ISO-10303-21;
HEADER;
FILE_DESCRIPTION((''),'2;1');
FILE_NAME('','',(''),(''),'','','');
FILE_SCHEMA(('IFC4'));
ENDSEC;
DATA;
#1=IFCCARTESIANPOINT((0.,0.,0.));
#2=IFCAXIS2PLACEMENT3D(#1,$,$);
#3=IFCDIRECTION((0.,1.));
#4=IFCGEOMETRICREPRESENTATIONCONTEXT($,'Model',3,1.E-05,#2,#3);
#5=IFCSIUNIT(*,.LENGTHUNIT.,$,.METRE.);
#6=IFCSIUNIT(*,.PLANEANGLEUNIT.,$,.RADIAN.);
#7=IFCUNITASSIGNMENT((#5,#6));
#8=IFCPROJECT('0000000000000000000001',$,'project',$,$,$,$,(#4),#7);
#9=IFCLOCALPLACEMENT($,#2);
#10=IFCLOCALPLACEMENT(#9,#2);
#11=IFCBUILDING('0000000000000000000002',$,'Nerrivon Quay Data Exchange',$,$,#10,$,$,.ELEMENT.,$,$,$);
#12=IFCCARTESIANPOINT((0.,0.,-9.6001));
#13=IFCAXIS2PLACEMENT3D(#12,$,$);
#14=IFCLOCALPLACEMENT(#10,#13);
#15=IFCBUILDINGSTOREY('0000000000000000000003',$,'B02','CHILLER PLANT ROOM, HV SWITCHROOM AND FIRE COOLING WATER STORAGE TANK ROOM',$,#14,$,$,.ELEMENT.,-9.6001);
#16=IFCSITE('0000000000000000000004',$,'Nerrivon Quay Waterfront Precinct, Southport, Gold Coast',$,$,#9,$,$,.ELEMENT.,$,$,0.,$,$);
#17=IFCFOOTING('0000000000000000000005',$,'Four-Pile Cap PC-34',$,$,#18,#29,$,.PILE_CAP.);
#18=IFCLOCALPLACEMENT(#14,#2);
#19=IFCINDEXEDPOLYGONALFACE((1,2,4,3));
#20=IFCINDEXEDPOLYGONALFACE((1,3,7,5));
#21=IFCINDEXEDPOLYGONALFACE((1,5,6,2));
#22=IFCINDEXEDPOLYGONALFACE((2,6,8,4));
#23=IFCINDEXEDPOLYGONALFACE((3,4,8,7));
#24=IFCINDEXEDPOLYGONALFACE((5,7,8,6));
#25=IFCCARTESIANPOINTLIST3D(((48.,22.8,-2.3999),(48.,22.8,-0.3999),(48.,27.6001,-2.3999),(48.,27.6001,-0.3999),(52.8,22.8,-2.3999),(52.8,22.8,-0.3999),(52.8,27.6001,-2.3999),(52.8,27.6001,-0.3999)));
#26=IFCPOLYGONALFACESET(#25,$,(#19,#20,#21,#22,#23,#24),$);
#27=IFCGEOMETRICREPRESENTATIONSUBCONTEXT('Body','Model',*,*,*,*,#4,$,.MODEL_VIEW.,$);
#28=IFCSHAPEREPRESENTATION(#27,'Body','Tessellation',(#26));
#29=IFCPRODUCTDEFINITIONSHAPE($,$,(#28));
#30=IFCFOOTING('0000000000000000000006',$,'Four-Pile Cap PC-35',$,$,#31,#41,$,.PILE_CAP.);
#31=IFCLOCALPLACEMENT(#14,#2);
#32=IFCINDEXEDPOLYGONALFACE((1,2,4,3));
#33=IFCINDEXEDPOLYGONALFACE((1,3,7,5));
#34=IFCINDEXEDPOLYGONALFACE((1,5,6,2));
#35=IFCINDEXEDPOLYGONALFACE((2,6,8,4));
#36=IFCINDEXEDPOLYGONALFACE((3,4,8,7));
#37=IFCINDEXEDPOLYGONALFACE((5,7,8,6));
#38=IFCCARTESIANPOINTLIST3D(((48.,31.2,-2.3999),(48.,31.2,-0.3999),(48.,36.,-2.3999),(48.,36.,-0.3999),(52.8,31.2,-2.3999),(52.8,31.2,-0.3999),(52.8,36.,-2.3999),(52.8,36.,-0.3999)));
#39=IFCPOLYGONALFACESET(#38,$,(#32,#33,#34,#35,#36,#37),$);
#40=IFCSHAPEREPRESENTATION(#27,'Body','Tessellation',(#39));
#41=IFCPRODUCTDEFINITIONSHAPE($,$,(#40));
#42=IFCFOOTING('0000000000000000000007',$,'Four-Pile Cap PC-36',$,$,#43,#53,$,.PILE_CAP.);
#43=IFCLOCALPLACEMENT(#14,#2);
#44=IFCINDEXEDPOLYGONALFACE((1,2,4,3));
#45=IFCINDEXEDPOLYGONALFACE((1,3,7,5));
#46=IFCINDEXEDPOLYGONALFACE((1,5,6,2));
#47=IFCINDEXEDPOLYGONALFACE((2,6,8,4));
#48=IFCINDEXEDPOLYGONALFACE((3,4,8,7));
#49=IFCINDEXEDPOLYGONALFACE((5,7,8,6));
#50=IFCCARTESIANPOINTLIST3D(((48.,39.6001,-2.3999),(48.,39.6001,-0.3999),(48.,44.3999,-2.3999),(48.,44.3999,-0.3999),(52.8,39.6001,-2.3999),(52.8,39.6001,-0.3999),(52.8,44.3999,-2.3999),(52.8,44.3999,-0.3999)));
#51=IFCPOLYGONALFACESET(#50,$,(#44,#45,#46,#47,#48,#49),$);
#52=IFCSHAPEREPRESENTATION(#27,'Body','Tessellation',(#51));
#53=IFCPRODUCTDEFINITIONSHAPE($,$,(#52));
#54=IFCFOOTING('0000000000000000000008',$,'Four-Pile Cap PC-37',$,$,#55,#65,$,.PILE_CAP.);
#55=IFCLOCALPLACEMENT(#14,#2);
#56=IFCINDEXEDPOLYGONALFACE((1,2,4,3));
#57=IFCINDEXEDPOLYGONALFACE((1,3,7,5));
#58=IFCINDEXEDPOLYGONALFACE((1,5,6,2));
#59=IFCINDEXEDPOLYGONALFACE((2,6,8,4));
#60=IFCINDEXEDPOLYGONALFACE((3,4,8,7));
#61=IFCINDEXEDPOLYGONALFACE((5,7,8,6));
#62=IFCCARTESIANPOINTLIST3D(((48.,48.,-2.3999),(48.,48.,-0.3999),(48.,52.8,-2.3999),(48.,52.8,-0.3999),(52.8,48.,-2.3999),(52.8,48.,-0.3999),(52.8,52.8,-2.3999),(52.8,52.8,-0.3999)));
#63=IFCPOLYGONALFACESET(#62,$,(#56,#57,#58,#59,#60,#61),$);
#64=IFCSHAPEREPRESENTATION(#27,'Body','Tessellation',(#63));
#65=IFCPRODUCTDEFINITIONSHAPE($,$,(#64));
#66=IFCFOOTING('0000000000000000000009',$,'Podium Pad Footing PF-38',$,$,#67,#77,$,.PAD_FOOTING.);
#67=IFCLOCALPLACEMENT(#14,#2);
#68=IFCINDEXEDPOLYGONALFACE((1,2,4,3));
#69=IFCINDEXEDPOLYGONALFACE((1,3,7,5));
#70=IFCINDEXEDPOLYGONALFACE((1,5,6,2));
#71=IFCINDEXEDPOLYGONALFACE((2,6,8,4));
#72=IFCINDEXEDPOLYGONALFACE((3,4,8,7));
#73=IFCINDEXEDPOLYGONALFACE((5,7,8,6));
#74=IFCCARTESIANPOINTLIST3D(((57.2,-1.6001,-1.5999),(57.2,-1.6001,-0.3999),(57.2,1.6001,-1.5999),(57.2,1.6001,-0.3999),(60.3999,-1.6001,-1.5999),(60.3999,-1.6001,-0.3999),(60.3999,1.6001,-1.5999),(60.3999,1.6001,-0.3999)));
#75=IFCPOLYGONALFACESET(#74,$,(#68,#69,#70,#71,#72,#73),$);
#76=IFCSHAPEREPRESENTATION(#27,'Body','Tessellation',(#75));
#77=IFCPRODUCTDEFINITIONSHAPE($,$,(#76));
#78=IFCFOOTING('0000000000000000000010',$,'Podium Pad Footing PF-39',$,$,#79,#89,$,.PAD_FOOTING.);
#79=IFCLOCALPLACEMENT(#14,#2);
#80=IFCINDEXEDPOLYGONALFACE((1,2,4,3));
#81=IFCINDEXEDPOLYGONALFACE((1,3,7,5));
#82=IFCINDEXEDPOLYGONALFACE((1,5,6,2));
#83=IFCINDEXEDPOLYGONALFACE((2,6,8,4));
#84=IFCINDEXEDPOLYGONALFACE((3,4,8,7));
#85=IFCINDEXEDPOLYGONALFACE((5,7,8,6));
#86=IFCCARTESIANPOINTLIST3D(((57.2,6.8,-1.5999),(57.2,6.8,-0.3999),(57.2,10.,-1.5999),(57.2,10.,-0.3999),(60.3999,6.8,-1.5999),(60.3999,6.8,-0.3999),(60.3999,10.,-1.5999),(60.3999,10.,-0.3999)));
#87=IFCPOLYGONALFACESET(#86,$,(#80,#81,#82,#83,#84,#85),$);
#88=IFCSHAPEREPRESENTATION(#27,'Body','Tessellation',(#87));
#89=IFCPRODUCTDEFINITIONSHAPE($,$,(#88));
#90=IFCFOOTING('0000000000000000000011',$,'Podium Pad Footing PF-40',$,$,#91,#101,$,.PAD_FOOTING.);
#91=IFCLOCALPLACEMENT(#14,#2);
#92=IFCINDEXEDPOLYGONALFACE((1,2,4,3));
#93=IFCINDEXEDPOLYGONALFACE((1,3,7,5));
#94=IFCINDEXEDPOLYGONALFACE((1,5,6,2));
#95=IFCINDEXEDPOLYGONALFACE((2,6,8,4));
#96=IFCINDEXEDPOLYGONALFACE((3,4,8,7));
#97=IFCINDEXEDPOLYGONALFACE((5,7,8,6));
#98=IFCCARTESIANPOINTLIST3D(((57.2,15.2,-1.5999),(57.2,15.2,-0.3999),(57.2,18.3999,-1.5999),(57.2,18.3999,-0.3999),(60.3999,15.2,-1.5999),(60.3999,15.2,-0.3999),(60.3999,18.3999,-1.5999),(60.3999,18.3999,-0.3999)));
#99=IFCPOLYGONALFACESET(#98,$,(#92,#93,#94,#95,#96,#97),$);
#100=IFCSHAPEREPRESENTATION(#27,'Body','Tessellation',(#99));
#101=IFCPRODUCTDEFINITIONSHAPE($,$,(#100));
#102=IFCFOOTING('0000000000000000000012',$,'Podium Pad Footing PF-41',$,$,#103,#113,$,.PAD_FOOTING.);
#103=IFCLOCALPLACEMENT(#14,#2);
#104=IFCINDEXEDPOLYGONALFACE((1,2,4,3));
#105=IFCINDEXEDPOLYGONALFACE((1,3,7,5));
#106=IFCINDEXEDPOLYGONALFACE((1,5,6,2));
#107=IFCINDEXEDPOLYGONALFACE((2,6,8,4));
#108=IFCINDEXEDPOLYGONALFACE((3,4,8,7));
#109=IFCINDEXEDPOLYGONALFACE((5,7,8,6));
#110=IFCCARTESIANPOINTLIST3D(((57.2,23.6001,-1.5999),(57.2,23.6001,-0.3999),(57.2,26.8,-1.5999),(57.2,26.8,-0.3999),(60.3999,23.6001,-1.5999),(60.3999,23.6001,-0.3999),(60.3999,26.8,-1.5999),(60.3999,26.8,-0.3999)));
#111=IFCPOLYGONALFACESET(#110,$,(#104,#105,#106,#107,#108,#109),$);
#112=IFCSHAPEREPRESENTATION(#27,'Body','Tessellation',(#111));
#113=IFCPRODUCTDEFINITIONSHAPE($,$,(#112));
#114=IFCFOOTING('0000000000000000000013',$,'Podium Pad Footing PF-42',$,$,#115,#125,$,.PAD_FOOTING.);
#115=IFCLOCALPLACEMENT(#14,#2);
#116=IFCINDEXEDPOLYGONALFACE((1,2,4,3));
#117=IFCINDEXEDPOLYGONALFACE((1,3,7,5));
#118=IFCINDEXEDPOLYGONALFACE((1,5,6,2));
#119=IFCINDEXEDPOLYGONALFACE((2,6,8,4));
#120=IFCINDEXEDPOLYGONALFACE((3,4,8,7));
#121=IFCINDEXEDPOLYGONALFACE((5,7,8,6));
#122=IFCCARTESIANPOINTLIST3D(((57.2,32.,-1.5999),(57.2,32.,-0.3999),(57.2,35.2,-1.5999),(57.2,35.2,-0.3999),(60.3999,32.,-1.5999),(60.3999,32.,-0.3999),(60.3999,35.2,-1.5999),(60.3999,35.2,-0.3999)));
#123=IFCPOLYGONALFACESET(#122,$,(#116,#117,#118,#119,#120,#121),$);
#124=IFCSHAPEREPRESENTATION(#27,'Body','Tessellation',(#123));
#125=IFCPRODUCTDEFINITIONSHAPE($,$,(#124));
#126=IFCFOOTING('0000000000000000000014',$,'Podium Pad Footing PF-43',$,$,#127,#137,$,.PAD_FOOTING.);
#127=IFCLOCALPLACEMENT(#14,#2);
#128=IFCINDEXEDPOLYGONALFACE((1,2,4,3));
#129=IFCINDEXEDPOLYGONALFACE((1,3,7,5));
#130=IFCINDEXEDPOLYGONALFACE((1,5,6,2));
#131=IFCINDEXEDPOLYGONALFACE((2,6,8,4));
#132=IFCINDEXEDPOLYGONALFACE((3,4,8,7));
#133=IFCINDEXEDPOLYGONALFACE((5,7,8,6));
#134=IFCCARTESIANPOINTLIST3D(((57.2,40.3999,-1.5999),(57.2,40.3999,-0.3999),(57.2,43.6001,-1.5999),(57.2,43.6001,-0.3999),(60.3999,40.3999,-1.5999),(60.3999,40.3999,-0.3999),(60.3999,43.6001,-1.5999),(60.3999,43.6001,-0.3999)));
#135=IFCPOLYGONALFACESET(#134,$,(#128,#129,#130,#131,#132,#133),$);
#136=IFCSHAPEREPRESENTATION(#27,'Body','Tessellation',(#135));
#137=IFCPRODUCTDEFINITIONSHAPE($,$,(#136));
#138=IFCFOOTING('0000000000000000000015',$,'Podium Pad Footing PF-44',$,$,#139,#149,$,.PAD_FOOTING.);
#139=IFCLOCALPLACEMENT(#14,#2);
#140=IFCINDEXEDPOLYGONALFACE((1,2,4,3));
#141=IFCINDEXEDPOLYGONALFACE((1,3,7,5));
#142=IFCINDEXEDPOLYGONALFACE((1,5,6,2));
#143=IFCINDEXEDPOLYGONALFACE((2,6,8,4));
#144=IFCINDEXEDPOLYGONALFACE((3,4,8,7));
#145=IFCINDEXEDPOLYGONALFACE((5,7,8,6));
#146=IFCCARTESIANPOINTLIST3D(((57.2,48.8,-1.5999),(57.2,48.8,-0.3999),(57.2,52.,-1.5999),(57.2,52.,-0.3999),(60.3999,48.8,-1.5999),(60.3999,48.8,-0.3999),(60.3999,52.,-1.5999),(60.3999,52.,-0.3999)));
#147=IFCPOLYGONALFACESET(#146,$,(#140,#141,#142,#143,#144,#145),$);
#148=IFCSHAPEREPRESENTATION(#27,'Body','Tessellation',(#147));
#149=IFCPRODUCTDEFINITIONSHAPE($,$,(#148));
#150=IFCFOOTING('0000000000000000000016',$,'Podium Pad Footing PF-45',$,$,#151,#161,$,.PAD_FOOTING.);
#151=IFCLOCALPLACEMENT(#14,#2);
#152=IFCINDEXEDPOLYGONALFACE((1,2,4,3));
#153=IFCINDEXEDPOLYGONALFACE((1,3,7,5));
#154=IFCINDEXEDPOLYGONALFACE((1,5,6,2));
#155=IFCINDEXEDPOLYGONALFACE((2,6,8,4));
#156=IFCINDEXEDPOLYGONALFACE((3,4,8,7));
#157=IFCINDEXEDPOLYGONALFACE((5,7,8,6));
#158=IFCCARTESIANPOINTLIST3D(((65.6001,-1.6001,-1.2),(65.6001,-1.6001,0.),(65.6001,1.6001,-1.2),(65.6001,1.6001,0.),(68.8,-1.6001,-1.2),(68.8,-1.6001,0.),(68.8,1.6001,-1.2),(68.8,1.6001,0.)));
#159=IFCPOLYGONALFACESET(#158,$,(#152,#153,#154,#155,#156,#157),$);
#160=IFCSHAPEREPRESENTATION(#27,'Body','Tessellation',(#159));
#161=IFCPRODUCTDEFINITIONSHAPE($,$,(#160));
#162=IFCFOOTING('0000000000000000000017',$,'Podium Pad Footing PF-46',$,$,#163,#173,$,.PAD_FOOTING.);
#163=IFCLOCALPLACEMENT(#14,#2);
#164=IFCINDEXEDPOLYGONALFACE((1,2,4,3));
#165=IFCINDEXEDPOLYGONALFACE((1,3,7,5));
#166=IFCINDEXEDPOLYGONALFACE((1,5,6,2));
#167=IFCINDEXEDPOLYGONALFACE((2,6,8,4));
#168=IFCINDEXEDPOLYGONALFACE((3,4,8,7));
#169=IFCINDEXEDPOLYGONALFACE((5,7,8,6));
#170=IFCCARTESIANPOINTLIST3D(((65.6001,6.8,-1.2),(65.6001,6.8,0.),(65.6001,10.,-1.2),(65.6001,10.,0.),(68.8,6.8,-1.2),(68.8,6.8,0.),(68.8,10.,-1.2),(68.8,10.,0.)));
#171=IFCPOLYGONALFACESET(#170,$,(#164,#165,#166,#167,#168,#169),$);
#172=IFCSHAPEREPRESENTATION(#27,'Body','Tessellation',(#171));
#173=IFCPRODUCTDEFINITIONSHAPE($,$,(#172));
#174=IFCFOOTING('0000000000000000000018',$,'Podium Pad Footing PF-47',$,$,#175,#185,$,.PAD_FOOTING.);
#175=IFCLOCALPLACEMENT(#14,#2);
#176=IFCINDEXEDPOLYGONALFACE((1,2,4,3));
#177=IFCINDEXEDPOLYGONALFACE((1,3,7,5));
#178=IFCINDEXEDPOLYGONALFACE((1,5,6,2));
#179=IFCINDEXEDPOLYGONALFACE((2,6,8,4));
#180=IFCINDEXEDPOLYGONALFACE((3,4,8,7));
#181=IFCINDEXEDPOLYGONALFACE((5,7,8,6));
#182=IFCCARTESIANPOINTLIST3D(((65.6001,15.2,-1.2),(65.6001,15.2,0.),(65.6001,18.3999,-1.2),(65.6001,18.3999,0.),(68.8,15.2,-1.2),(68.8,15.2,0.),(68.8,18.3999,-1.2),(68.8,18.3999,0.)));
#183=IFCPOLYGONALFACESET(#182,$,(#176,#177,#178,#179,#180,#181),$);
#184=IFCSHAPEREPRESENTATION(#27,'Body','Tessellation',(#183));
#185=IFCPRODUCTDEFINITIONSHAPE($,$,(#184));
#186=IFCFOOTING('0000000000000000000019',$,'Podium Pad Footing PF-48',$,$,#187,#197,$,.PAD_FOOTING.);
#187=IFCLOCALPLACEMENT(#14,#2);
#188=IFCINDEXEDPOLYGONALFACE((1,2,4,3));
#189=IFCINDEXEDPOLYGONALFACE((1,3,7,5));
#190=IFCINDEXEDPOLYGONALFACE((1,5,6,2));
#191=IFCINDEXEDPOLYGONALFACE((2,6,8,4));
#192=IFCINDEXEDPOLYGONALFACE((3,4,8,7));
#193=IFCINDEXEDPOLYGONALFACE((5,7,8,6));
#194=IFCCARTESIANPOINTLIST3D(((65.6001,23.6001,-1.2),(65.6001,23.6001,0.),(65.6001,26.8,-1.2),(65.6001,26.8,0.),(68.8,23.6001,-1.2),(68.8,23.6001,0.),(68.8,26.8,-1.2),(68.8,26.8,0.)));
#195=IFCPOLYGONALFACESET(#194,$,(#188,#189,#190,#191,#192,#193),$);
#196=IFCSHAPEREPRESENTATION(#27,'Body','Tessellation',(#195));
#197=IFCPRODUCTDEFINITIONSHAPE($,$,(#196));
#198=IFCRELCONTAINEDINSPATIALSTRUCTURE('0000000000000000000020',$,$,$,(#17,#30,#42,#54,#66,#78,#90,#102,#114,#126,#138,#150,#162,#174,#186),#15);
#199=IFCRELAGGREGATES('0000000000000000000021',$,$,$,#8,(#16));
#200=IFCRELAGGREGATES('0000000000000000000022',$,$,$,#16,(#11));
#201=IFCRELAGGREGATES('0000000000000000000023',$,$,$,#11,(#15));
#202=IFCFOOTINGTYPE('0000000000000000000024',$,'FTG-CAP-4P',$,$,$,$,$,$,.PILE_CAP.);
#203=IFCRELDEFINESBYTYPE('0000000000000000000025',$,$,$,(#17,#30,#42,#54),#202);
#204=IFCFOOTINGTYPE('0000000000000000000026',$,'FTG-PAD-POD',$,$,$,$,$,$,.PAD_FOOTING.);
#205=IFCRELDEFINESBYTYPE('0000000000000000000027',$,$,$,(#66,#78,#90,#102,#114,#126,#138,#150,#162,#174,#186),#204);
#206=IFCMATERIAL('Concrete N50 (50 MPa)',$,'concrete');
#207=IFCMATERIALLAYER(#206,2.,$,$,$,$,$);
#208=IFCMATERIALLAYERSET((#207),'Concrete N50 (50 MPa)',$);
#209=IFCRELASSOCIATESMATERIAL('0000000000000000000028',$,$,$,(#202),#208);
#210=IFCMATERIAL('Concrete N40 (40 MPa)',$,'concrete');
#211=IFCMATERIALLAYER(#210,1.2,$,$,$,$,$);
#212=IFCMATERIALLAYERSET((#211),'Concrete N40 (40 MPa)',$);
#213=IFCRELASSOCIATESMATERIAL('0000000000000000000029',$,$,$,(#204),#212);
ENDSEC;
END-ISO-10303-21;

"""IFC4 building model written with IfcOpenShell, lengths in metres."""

from ifc_helpers import new_model, si_unit, direction, frame, origin, place, context, subcontext, project, spatial, polyline, outline, extrude, material, layer, layer_set, type_object, element, save


model = new_model("IFC4")

# Units and contexts
model_context = context("Model", 3, precision=1e-05, world=origin(), true_north=direction((0.0, 1.0)))
body_context = subcontext(model_context, "Body", "Model", "MODEL_VIEW")
ifc_project = project(units=[si_unit("LENGTHUNIT", "METRE"), si_unit("PLANEANGLEUNIT", "RADIAN")], contexts=[model_context])

# Site, building, storey
site_placement = place(None, origin())
site = spatial("IfcSite", under=ifc_project, at=site_placement, Name="Nerrivon Quay Waterfront Precinct, Southport, Gold Coast", CompositionType="ELEMENT", RefElevation=0.0)
building_placement = place(site_placement, origin())
building = spatial("IfcBuilding", under=site, at=building_placement, Name="Nerrivon Quay Data Exchange", CompositionType="ELEMENT")
storey_placement = place(building_placement, frame((0.0, 0.0, -9.6001)))
storey = spatial("IfcBuildingStorey", under=building, at=storey_placement, Name="B02", Description="CHILLER PLANT ROOM, HV SWITCHROOM AND FIRE COOLING WATER STORAGE TANK ROOM", CompositionType="ELEMENT", Elevation=-9.6001)

# Footings
ifc_material_1 = material(Name="Concrete N50 (50 MPa)", Category="concrete")
ifc_layer_1 = layer(ifc_material_1, 2.0)
ifc_layer_set_1 = layer_set([ifc_layer_1], Name="Concrete N50 (50 MPa)")
footing_type_1 = type_object("IfcFootingType", Name="FTG-CAP-4P", PredefinedType="PILE_CAP", material=ifc_layer_set_1)
footing_1_placement = place(storey_placement, frame((0.0, 0.0, -2.3999)))
element("IfcFooting", 1, at=footing_1_placement, inside=storey, type_object=footing_type_1, Name="Four-Pile Cap PC-34", PredefinedType="PILE_CAP", context=body_context, shape_type="SweptSolid", body=[
    extrude(outline(polyline([(48.0, 22.8), (52.8, 22.8), (52.8, 27.6001), (48.0, 27.6001), (48.0, 22.8)])), origin(), (0.0, 0.0, 1.0), 2.0),
])
footing_2_placement = place(storey_placement, frame((0.0, 0.0, -2.3999)))
element("IfcFooting", 2, at=footing_2_placement, inside=storey, type_object=footing_type_1, Name="Four-Pile Cap PC-35", PredefinedType="PILE_CAP", context=body_context, shape_type="SweptSolid", body=[
    extrude(outline(polyline([(48.0, 31.2), (52.8, 31.2), (52.8, 36.0), (48.0, 36.0), (48.0, 31.2)])), origin(), (0.0, 0.0, 1.0), 2.0),
])
footing_3_placement = place(storey_placement, frame((0.0, 0.0, -2.3999)))
element("IfcFooting", 3, at=footing_3_placement, inside=storey, type_object=footing_type_1, Name="Four-Pile Cap PC-36", PredefinedType="PILE_CAP", context=body_context, shape_type="SweptSolid", body=[
    extrude(outline(polyline([(48.0, 39.6001), (52.8, 39.6001), (52.8, 44.3999), (48.0, 44.3999), (48.0, 39.6001)])), origin(), (0.0, 0.0, 1.0), 2.0),
])
footing_4_placement = place(storey_placement, frame((0.0, 0.0, -2.3999)))
element("IfcFooting", 4, at=footing_4_placement, inside=storey, type_object=footing_type_1, Name="Four-Pile Cap PC-37", PredefinedType="PILE_CAP", context=body_context, shape_type="SweptSolid", body=[
    extrude(outline(polyline([(48.0, 48.0), (52.8, 48.0), (52.8, 52.8), (48.0, 52.8), (48.0, 48.0)])), origin(), (0.0, 0.0, 1.0), 2.0),
])
ifc_material_2 = material(Name="Concrete N40 (40 MPa)", Category="concrete")
ifc_layer_2 = layer(ifc_material_2, 1.2)
ifc_layer_set_2 = layer_set([ifc_layer_2], Name="Concrete N40 (40 MPa)")
footing_type_2 = type_object("IfcFootingType", Name="FTG-PAD-POD", PredefinedType="PAD_FOOTING", material=ifc_layer_set_2)
footing_5_placement = place(storey_placement, frame((0.0, 0.0, -1.5999)))
element("IfcFooting", 5, at=footing_5_placement, inside=storey, type_object=footing_type_2, Name="Podium Pad Footing PF-38", PredefinedType="PAD_FOOTING", context=body_context, shape_type="SweptSolid", body=[
    extrude(outline(polyline([(57.2, -1.6001), (60.3999, -1.6001), (60.3999, 1.6001), (57.2, 1.6001), (57.2, -1.6001)])), origin(), (0.0, 0.0, 1.0), 1.2),
])
footing_6_placement = place(storey_placement, frame((0.0, 0.0, -1.5999)))
element("IfcFooting", 6, at=footing_6_placement, inside=storey, type_object=footing_type_2, Name="Podium Pad Footing PF-39", PredefinedType="PAD_FOOTING", context=body_context, shape_type="SweptSolid", body=[
    extrude(outline(polyline([(57.2, 6.8), (60.3999, 6.8), (60.3999, 10.0), (57.2, 10.0), (57.2, 6.8)])), origin(), (0.0, 0.0, 1.0), 1.2),
])
footing_7_placement = place(storey_placement, frame((0.0, 0.0, -1.5999)))
element("IfcFooting", 7, at=footing_7_placement, inside=storey, type_object=footing_type_2, Name="Podium Pad Footing PF-40", PredefinedType="PAD_FOOTING", context=body_context, shape_type="SweptSolid", body=[
    extrude(outline(polyline([(57.2, 15.2), (60.3999, 15.2), (60.3999, 18.3999), (57.2, 18.3999), (57.2, 15.2)])), origin(), (0.0, 0.0, 1.0), 1.2),
])
footing_8_placement = place(storey_placement, frame((0.0, 0.0, -1.5999)))
element("IfcFooting", 8, at=footing_8_placement, inside=storey, type_object=footing_type_2, Name="Podium Pad Footing PF-41", PredefinedType="PAD_FOOTING", context=body_context, shape_type="SweptSolid", body=[
    extrude(outline(polyline([(57.2, 23.6001), (60.3999, 23.6001), (60.3999, 26.8), (57.2, 26.8), (57.2, 23.6001)])), origin(), (0.0, 0.0, 1.0), 1.2),
])
footing_9_placement = place(storey_placement, frame((0.0, 0.0, -1.5999)))
element("IfcFooting", 9, at=footing_9_placement, inside=storey, type_object=footing_type_2, Name="Podium Pad Footing PF-42", PredefinedType="PAD_FOOTING", context=body_context, shape_type="SweptSolid", body=[
    extrude(outline(polyline([(57.2, 32.0), (60.3999, 32.0), (60.3999, 35.2), (57.2, 35.2), (57.2, 32.0)])), origin(), (0.0, 0.0, 1.0), 1.2),
])
footing_10_placement = place(storey_placement, frame((0.0, 0.0, -1.5999)))
element("IfcFooting", 10, at=footing_10_placement, inside=storey, type_object=footing_type_2, Name="Podium Pad Footing PF-43", PredefinedType="PAD_FOOTING", context=body_context, shape_type="SweptSolid", body=[
    extrude(outline(polyline([(57.2, 40.3999), (60.3999, 40.3999), (60.3999, 43.6001), (57.2, 43.6001), (57.2, 40.3999)])), origin(), (0.0, 0.0, 1.0), 1.2),
])
footing_11_placement = place(storey_placement, frame((0.0, 0.0, -1.5999)))
element("IfcFooting", 11, at=footing_11_placement, inside=storey, type_object=footing_type_2, Name="Podium Pad Footing PF-44", PredefinedType="PAD_FOOTING", context=body_context, shape_type="SweptSolid", body=[
    extrude(outline(polyline([(57.2, 48.8), (60.3999, 48.8), (60.3999, 52.0), (57.2, 52.0), (57.2, 48.8)])), origin(), (0.0, 0.0, 1.0), 1.2),
])
footing_12_placement = place(storey_placement, frame((0.0, 0.0, -1.2)))
element("IfcFooting", 12, at=footing_12_placement, inside=storey, type_object=footing_type_2, Name="Podium Pad Footing PF-45", PredefinedType="PAD_FOOTING", context=body_context, shape_type="SweptSolid", body=[
    extrude(outline(polyline([(65.6001, -1.6001), (68.8, -1.6001), (68.8, 1.6001), (65.6001, 1.6001), (65.6001, -1.6001)])), origin(), (0.0, 0.0, 1.0), 1.2),
])
footing_13_placement = place(storey_placement, frame((0.0, 0.0, -1.2)))
element("IfcFooting", 13, at=footing_13_placement, inside=storey, type_object=footing_type_2, Name="Podium Pad Footing PF-46", PredefinedType="PAD_FOOTING", context=body_context, shape_type="SweptSolid", body=[
    extrude(outline(polyline([(65.6001, 6.8), (68.8, 6.8), (68.8, 10.0), (65.6001, 10.0), (65.6001, 6.8)])), origin(), (0.0, 0.0, 1.0), 1.2),
])
footing_14_placement = place(storey_placement, frame((0.0, 0.0, -1.2)))
element("IfcFooting", 14, at=footing_14_placement, inside=storey, type_object=footing_type_2, Name="Podium Pad Footing PF-47", PredefinedType="PAD_FOOTING", context=body_context, shape_type="SweptSolid", body=[
    extrude(outline(polyline([(65.6001, 15.2), (68.8, 15.2), (68.8, 18.3999), (65.6001, 18.3999), (65.6001, 15.2)])), origin(), (0.0, 0.0, 1.0), 1.2),
])
footing_15_placement = place(storey_placement, frame((0.0, 0.0, -1.2)))
element("IfcFooting", 15, at=footing_15_placement, inside=storey, type_object=footing_type_2, Name="Podium Pad Footing PF-48", PredefinedType="PAD_FOOTING", context=body_context, shape_type="SweptSolid", body=[
    extrude(outline(polyline([(65.6001, 23.6001), (68.8, 23.6001), (68.8, 26.8), (65.6001, 26.8), (65.6001, 23.6001)])), origin(), (0.0, 0.0, 1.0), 1.2),
])

save(model, "model.ifc")
